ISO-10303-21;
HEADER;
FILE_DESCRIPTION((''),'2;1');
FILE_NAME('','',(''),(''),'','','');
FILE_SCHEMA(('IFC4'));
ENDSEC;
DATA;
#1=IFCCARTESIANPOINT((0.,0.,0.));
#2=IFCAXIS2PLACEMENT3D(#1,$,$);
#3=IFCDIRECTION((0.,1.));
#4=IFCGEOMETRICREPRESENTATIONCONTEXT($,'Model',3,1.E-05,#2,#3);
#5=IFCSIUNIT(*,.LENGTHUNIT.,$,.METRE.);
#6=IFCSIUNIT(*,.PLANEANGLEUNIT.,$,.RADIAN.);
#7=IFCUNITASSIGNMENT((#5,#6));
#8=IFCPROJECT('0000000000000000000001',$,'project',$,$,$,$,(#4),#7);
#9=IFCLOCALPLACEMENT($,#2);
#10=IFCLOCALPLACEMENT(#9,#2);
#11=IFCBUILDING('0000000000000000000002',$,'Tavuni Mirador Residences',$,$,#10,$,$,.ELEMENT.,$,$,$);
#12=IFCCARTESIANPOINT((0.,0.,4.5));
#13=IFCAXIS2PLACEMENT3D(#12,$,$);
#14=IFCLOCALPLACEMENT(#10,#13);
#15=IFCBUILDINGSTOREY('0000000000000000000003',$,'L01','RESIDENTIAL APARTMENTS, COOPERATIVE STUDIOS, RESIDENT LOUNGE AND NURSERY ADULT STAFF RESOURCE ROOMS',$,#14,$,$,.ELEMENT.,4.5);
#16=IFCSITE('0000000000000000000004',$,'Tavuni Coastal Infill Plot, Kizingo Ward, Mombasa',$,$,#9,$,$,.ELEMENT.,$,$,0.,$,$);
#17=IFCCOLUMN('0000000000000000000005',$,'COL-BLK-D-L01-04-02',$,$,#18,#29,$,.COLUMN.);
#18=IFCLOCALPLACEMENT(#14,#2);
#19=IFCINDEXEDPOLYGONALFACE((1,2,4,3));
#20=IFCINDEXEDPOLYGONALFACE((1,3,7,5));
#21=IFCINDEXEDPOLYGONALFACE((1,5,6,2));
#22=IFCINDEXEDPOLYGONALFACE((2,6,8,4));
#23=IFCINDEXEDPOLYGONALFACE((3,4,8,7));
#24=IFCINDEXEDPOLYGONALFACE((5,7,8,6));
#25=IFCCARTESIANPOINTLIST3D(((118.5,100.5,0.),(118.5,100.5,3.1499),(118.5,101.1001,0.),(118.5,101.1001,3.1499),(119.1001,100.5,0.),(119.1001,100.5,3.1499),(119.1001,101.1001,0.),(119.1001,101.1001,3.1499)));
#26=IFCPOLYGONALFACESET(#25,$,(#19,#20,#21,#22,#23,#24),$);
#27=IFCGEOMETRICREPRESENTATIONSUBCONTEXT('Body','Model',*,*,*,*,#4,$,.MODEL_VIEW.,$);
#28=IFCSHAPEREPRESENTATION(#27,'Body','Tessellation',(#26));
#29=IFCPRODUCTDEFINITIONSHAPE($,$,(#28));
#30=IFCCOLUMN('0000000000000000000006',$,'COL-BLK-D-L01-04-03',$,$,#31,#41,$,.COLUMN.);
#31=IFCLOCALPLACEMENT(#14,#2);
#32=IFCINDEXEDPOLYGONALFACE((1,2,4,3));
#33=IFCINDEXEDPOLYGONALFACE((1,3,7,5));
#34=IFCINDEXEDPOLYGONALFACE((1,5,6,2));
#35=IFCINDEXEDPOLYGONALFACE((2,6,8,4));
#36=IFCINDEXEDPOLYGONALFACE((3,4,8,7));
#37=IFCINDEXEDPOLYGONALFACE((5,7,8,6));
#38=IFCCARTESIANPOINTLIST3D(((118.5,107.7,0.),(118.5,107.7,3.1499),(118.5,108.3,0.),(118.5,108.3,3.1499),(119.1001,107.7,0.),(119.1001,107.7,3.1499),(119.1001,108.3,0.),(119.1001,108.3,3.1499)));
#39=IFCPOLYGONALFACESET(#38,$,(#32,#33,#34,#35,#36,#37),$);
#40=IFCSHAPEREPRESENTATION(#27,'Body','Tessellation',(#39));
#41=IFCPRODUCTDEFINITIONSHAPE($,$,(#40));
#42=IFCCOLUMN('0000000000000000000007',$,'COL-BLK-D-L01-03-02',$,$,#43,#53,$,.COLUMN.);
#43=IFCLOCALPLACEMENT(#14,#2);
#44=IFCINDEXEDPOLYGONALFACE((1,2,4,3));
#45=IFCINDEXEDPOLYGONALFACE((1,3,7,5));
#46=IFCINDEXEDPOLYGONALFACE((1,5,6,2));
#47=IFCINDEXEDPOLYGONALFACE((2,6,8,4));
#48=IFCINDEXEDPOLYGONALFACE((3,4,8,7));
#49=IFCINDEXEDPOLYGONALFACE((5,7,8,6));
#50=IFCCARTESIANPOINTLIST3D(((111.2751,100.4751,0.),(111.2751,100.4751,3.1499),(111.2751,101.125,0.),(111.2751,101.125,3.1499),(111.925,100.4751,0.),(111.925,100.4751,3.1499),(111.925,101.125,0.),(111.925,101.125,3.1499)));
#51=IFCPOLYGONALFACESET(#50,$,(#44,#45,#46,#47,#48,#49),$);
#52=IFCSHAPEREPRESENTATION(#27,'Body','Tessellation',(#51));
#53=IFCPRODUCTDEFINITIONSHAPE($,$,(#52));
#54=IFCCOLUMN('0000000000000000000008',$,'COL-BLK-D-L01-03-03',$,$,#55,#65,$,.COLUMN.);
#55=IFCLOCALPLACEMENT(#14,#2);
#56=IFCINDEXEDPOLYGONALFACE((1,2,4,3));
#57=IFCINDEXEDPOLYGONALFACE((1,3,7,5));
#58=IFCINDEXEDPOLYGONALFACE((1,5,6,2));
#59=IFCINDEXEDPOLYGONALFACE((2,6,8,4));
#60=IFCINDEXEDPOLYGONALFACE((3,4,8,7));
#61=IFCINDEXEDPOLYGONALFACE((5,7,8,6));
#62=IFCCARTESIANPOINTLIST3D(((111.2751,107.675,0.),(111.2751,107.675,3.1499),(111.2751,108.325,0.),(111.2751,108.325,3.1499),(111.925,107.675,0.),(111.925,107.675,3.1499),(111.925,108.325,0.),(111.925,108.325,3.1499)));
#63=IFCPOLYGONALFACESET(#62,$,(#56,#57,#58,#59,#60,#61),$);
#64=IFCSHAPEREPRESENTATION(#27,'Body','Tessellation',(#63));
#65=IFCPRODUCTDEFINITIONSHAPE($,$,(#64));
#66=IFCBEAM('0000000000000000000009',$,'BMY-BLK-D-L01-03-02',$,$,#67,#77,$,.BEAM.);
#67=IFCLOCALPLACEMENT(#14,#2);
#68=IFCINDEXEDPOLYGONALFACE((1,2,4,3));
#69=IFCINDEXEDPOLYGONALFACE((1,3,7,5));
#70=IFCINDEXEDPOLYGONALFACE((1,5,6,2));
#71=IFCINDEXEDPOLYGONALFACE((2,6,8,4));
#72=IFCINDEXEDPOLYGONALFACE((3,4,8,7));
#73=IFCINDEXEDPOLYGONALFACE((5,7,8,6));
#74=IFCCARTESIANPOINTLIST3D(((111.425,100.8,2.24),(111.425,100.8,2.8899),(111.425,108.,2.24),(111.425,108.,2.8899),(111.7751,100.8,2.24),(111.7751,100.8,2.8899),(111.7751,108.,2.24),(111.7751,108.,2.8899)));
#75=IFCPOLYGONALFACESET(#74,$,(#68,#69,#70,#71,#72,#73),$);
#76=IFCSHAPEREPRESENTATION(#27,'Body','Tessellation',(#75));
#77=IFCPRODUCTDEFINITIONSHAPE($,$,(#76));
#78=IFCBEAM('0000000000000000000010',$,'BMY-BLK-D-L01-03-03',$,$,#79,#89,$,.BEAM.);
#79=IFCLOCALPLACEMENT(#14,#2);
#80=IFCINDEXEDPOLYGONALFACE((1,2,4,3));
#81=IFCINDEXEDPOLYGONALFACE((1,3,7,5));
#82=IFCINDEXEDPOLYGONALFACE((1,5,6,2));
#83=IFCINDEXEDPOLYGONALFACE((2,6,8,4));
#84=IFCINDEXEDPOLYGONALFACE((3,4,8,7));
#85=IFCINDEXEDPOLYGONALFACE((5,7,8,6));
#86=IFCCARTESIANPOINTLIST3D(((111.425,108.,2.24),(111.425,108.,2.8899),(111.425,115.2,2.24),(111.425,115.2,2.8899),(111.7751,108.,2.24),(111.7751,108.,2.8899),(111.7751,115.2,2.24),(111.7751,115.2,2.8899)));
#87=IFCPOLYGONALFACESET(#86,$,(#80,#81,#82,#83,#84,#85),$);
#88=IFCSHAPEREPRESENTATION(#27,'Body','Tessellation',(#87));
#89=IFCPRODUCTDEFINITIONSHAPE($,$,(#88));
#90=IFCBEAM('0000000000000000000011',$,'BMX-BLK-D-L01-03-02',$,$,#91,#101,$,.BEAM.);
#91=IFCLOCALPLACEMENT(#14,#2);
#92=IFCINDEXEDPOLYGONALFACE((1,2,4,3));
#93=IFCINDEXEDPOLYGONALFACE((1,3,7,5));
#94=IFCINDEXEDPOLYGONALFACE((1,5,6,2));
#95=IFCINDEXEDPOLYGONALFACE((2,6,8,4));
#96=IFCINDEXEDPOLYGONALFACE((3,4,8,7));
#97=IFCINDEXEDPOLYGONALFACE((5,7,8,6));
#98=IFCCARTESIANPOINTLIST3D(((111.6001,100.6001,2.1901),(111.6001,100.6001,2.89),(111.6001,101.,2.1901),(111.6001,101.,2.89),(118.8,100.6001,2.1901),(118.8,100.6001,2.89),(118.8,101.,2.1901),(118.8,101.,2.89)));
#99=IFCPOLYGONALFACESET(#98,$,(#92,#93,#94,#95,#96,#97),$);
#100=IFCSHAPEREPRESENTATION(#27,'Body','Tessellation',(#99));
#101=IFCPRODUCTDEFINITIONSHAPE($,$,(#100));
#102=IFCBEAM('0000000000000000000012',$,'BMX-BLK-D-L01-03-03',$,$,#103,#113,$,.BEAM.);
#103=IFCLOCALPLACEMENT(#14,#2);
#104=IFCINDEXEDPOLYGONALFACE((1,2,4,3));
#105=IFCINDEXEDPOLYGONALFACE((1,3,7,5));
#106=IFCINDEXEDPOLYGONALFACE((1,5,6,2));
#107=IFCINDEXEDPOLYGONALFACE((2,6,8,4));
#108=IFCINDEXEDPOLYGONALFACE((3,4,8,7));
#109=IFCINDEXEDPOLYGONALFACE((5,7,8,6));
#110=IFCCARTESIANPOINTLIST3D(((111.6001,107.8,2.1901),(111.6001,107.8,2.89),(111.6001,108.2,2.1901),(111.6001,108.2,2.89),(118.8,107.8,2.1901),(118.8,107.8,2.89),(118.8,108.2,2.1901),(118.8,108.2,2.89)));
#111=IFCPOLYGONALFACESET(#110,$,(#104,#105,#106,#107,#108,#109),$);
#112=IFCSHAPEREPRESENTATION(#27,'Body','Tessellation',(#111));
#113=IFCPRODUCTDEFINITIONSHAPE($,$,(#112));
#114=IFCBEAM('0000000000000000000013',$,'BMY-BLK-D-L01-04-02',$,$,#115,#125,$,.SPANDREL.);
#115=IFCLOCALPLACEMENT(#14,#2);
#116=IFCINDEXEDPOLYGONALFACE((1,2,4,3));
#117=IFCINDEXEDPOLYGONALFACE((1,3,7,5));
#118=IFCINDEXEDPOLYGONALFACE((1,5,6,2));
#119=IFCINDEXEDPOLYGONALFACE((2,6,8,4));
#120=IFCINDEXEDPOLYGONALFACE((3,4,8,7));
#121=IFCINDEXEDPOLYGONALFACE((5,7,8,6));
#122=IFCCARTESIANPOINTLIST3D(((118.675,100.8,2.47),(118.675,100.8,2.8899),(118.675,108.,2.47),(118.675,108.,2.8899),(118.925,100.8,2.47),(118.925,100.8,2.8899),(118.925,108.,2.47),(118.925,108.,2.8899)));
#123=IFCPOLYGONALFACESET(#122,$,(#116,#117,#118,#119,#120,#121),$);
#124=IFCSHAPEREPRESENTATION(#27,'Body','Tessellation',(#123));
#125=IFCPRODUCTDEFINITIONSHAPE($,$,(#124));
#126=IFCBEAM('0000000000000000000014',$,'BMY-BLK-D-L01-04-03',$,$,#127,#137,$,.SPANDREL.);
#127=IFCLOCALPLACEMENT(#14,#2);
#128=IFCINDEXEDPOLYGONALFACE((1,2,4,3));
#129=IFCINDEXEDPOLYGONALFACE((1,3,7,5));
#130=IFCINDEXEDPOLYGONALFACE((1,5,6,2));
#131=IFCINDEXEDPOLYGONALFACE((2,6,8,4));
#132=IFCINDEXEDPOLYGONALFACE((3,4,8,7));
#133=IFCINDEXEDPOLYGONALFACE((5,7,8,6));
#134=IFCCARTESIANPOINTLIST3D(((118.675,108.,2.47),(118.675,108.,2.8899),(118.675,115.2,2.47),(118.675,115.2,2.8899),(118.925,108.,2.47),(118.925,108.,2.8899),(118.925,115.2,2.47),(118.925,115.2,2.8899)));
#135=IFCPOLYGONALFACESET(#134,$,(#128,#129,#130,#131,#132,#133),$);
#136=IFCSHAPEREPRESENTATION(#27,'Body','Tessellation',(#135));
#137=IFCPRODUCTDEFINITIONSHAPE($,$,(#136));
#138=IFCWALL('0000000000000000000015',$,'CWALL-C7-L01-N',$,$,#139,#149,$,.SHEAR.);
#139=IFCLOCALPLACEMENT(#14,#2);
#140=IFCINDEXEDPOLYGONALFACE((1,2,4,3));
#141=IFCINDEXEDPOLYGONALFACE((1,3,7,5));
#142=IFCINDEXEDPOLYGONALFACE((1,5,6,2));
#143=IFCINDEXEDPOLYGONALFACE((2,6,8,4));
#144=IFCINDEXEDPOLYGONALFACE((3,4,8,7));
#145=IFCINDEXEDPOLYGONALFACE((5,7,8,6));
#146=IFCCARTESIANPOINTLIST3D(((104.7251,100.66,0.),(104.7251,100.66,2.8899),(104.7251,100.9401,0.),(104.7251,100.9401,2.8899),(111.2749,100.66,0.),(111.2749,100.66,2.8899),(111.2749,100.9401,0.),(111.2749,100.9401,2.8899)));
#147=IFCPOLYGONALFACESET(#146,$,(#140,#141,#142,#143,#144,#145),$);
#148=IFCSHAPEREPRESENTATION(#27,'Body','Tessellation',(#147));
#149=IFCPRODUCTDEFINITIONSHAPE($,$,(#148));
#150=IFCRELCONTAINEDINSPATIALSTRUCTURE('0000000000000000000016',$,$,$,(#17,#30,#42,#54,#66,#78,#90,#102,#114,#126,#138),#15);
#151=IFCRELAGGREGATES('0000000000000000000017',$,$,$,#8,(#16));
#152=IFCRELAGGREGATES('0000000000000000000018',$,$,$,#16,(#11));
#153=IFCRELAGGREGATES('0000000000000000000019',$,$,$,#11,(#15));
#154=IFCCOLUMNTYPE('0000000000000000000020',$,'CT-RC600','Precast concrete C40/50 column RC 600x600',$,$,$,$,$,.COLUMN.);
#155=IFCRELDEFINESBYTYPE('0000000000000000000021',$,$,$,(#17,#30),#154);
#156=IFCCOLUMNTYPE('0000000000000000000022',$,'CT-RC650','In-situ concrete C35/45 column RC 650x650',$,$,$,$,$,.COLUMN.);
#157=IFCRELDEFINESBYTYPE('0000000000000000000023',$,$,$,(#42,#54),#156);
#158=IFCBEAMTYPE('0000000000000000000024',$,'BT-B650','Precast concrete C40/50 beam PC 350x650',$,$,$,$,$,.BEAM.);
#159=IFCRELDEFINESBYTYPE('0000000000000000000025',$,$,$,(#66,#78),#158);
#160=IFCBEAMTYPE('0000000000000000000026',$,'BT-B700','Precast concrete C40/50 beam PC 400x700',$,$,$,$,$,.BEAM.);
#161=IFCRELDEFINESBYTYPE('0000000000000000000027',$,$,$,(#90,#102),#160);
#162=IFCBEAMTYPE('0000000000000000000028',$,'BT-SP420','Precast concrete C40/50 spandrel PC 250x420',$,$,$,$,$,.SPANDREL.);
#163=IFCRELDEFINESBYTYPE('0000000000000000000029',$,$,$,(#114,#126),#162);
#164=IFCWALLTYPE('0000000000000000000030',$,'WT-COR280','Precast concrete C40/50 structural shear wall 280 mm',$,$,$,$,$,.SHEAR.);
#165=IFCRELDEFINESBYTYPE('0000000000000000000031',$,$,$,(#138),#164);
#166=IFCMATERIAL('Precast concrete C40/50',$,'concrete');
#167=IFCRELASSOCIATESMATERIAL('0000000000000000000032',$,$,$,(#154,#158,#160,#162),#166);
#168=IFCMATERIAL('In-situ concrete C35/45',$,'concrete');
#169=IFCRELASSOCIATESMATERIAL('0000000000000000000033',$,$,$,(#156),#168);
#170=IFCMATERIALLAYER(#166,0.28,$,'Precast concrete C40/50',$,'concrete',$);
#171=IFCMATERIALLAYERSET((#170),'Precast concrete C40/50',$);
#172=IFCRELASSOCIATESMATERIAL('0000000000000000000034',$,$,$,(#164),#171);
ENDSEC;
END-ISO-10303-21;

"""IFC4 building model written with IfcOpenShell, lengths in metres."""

from ifc_helpers import new_model, si_unit, direction, frame, frame_2d, origin, origin_2d, place, context, subcontext, project, spatial, rectangle, extrude, material, layer, layer_set, material_profile, profile_set, type_object, element, save


model = new_model("IFC4")

# Units and contexts
model_context = context("Model", 3, precision=1e-05, world=origin(), true_north=direction((0.0, 1.0)))
body_context = subcontext(model_context, "Body", "Model", "MODEL_VIEW")
ifc_project = project(units=[si_unit("LENGTHUNIT", "METRE"), si_unit("PLANEANGLEUNIT", "RADIAN")], contexts=[model_context])

# Site, building, storey
site_placement = place(None, origin())
site = spatial("IfcSite", under=ifc_project, at=site_placement, Name="Tavuni Coastal Infill Plot, Kizingo Ward, Mombasa", CompositionType="ELEMENT", RefElevation=0.0)
building_placement = place(site_placement, origin())
building = spatial("IfcBuilding", under=site, at=building_placement, Name="Tavuni Mirador Residences", CompositionType="ELEMENT")
storey_placement = place(building_placement, frame((0.0, 0.0, 4.5)))
storey = spatial("IfcBuildingStorey", under=building, at=storey_placement, Name="L01", Description="RESIDENTIAL APARTMENTS, COOPERATIVE STUDIOS, RESIDENT LOUNGE AND NURSERY ADULT STAFF RESOURCE ROOMS", CompositionType="ELEMENT", Elevation=4.5)

# Columns
ifc_material_1 = material(Name="Precast concrete C40/50", Category="concrete")
ifc_material_profile_1 = material_profile(ifc_material_1, rectangle(XDim=0.6001, YDim=0.6001, at=origin_2d()), Name="RC 600x600", Category="concrete")
ifc_profile_set_1 = profile_set([ifc_material_profile_1], Name="Precast concrete C40/50")
column_type_1 = type_object("IfcColumnType", Name="CT-RC600", Description="Precast concrete C40/50 column RC 600x600", PredefinedType="COLUMN", material=ifc_profile_set_1)
for number, where, z_axis, x_axis, name in (
    (1, (118.8, 100.8, 0.0), (0.0, 0.0, 1.0), (1.0, 0.0, 0.0), "COL-BLK-D-L01-04-02"),
    (2, (118.8, 108.0, 0.0), (0.0, 0.0, 1.0), (1.0, 0.0, 0.0), "COL-BLK-D-L01-04-03"),
):
    element("IfcColumn", number, at=place(storey_placement, frame(where, z_axis=z_axis, x_axis=x_axis)), inside=storey, type_object=column_type_1, Name=name, PredefinedType="COLUMN", context=body_context, shape_type="SweptSolid", body=[
        extrude(rectangle(XDim=0.6001, YDim=0.6001, at=origin_2d()), origin(), (0.0, 0.0, 1.0), 3.1499),
    ])
ifc_material_2 = material(Name="In-situ concrete C35/45", Category="concrete")
ifc_material_profile_2 = material_profile(ifc_material_2, rectangle(XDim=0.6499, YDim=0.6499, at=origin_2d()), Name="RC 650x650", Category="concrete")
ifc_profile_set_2 = profile_set([ifc_material_profile_2], Name="In-situ concrete C35/45")
column_type_2 = type_object("IfcColumnType", Name="CT-RC650", Description="In-situ concrete C35/45 column RC 650x650", PredefinedType="COLUMN", material=ifc_profile_set_2)
for number, where, z_axis, x_axis, name in (
    (3, (111.6001, 100.8, 0.0), (0.0, 0.0, 1.0), (1.0, 0.0, 0.0), "COL-BLK-D-L01-03-02"),
    (4, (111.6001, 108.0, 0.0), (0.0, 0.0, 1.0), (1.0, 0.0, 0.0), "COL-BLK-D-L01-03-03"),
):
    element("IfcColumn", number, at=place(storey_placement, frame(where, z_axis=z_axis, x_axis=x_axis)), inside=storey, type_object=column_type_2, Name=name, PredefinedType="COLUMN", context=body_context, shape_type="SweptSolid", body=[
        extrude(rectangle(XDim=0.6499, YDim=0.6499, at=origin_2d()), origin(), (0.0, 0.0, 1.0), 3.1499),
    ])

# Beams
ifc_material_profile_3 = material_profile(ifc_material_1, rectangle(XDim=0.3501, YDim=0.6499, at=origin_2d()), Name="PC 350x650", Category="concrete")
ifc_profile_set_3 = profile_set([ifc_material_profile_3], Name="Precast concrete C40/50")
beam_type_1 = type_object("IfcBeamType", Name="BT-B650", Description="Precast concrete C40/50 beam PC 350x650", PredefinedType="BEAM", material=ifc_profile_set_3)
for number, where, z_axis, x_axis, name in (
    (5, (111.6001, 100.8, 2.5649), (0.0, 1.0, 0.0), (-1.0, 0.0, 0.0), "BMY-BLK-D-L01-03-02"),
    (6, (111.6001, 108.0, 2.5649), (0.0, 1.0, 0.0), (-1.0, 0.0, 0.0), "BMY-BLK-D-L01-03-03"),
):
    element("IfcBeam", number, at=place(storey_placement, frame(where, z_axis=z_axis, x_axis=x_axis)), inside=storey, type_object=beam_type_1, Name=name, PredefinedType="BEAM", context=body_context, shape_type="SweptSolid", body=[
        extrude(rectangle(XDim=0.3501, YDim=0.6499, at=origin_2d()), origin(), (0.0, 0.0, 1.0), 7.2),
    ])
ifc_material_profile_4 = material_profile(ifc_material_1, rectangle(XDim=0.3999, YDim=0.7, at=origin_2d()), Name="PC 400x700", Category="concrete")
ifc_profile_set_4 = profile_set([ifc_material_profile_4], Name="Precast concrete C40/50")
beam_type_2 = type_object("IfcBeamType", Name="BT-B700", Description="Precast concrete C40/50 beam PC 400x700", PredefinedType="BEAM", material=ifc_profile_set_4)
for number, where, z_axis, x_axis, name in (
    (7, (111.6001, 100.8, 2.54), (1.0, 0.0, 0.0), (0.0, 1.0, 0.0), "BMX-BLK-D-L01-03-02"),
    (8, (111.6001, 108.0, 2.54), (1.0, 0.0, 0.0), (0.0, 1.0, 0.0), "BMX-BLK-D-L01-03-03"),
):
    element("IfcBeam", number, at=place(storey_placement, frame(where, z_axis=z_axis, x_axis=x_axis)), inside=storey, type_object=beam_type_2, Name=name, PredefinedType="BEAM", context=body_context, shape_type="SweptSolid", body=[
        extrude(rectangle(XDim=0.3999, YDim=0.7, at=origin_2d()), origin(), (0.0, 0.0, 1.0), 7.2),
    ])
ifc_material_profile_5 = material_profile(ifc_material_1, rectangle(XDim=0.25, YDim=0.4199, at=origin_2d()), Name="PC 250x420", Category="concrete")
ifc_profile_set_5 = profile_set([ifc_material_profile_5], Name="Precast concrete C40/50")
beam_type_3 = type_object("IfcBeamType", Name="BT-SP420", Description="Precast concrete C40/50 spandrel PC 250x420", PredefinedType="SPANDREL", material=ifc_profile_set_5)
for number, where, z_axis, x_axis, name in (
    (9, (118.8, 100.8, 2.6799), (0.0, 1.0, 0.0), (-1.0, 0.0, 0.0), "BMY-BLK-D-L01-04-02"),
    (10, (118.8, 108.0, 2.6799), (0.0, 1.0, 0.0), (-1.0, 0.0, 0.0), "BMY-BLK-D-L01-04-03"),
):
    element("IfcBeam", number, at=place(storey_placement, frame(where, z_axis=z_axis, x_axis=x_axis)), inside=storey, type_object=beam_type_3, Name=name, PredefinedType="SPANDREL", context=body_context, shape_type="SweptSolid", body=[
        extrude(rectangle(XDim=0.25, YDim=0.4199, at=origin_2d()), origin(), (0.0, 0.0, 1.0), 7.2),
    ])

# Wall
ifc_layer_1 = layer(ifc_material_1, 0.28, Name="Precast concrete C40/50", Category="concrete")
ifc_layer_set_1 = layer_set([ifc_layer_1], Name="Precast concrete C40/50")
wall_type_1 = type_object("IfcWallType", Name="WT-COR280", Description="Precast concrete C40/50 structural shear wall 280 mm", PredefinedType="SHEAR", material=ifc_layer_set_1)
wall_1_placement = place(storey_placement, frame((104.7251, 100.8, 0.0), z_axis=(0.0, 0.0, 1.0), x_axis=(1.0, 0.0, 0.0)))
element("IfcWall", 11, at=wall_1_placement, inside=storey, type_object=wall_type_1, Name="CWALL-C7-L01-N", PredefinedType="SHEAR", context=body_context, shape_type="SweptSolid", body=[
    extrude(rectangle(XDim=6.5498, YDim=0.28, at=frame_2d((3.2749, 0.0))), origin(), (0.0, 0.0, 1.0), 2.8899),
])

save(model, "model.ifc")
